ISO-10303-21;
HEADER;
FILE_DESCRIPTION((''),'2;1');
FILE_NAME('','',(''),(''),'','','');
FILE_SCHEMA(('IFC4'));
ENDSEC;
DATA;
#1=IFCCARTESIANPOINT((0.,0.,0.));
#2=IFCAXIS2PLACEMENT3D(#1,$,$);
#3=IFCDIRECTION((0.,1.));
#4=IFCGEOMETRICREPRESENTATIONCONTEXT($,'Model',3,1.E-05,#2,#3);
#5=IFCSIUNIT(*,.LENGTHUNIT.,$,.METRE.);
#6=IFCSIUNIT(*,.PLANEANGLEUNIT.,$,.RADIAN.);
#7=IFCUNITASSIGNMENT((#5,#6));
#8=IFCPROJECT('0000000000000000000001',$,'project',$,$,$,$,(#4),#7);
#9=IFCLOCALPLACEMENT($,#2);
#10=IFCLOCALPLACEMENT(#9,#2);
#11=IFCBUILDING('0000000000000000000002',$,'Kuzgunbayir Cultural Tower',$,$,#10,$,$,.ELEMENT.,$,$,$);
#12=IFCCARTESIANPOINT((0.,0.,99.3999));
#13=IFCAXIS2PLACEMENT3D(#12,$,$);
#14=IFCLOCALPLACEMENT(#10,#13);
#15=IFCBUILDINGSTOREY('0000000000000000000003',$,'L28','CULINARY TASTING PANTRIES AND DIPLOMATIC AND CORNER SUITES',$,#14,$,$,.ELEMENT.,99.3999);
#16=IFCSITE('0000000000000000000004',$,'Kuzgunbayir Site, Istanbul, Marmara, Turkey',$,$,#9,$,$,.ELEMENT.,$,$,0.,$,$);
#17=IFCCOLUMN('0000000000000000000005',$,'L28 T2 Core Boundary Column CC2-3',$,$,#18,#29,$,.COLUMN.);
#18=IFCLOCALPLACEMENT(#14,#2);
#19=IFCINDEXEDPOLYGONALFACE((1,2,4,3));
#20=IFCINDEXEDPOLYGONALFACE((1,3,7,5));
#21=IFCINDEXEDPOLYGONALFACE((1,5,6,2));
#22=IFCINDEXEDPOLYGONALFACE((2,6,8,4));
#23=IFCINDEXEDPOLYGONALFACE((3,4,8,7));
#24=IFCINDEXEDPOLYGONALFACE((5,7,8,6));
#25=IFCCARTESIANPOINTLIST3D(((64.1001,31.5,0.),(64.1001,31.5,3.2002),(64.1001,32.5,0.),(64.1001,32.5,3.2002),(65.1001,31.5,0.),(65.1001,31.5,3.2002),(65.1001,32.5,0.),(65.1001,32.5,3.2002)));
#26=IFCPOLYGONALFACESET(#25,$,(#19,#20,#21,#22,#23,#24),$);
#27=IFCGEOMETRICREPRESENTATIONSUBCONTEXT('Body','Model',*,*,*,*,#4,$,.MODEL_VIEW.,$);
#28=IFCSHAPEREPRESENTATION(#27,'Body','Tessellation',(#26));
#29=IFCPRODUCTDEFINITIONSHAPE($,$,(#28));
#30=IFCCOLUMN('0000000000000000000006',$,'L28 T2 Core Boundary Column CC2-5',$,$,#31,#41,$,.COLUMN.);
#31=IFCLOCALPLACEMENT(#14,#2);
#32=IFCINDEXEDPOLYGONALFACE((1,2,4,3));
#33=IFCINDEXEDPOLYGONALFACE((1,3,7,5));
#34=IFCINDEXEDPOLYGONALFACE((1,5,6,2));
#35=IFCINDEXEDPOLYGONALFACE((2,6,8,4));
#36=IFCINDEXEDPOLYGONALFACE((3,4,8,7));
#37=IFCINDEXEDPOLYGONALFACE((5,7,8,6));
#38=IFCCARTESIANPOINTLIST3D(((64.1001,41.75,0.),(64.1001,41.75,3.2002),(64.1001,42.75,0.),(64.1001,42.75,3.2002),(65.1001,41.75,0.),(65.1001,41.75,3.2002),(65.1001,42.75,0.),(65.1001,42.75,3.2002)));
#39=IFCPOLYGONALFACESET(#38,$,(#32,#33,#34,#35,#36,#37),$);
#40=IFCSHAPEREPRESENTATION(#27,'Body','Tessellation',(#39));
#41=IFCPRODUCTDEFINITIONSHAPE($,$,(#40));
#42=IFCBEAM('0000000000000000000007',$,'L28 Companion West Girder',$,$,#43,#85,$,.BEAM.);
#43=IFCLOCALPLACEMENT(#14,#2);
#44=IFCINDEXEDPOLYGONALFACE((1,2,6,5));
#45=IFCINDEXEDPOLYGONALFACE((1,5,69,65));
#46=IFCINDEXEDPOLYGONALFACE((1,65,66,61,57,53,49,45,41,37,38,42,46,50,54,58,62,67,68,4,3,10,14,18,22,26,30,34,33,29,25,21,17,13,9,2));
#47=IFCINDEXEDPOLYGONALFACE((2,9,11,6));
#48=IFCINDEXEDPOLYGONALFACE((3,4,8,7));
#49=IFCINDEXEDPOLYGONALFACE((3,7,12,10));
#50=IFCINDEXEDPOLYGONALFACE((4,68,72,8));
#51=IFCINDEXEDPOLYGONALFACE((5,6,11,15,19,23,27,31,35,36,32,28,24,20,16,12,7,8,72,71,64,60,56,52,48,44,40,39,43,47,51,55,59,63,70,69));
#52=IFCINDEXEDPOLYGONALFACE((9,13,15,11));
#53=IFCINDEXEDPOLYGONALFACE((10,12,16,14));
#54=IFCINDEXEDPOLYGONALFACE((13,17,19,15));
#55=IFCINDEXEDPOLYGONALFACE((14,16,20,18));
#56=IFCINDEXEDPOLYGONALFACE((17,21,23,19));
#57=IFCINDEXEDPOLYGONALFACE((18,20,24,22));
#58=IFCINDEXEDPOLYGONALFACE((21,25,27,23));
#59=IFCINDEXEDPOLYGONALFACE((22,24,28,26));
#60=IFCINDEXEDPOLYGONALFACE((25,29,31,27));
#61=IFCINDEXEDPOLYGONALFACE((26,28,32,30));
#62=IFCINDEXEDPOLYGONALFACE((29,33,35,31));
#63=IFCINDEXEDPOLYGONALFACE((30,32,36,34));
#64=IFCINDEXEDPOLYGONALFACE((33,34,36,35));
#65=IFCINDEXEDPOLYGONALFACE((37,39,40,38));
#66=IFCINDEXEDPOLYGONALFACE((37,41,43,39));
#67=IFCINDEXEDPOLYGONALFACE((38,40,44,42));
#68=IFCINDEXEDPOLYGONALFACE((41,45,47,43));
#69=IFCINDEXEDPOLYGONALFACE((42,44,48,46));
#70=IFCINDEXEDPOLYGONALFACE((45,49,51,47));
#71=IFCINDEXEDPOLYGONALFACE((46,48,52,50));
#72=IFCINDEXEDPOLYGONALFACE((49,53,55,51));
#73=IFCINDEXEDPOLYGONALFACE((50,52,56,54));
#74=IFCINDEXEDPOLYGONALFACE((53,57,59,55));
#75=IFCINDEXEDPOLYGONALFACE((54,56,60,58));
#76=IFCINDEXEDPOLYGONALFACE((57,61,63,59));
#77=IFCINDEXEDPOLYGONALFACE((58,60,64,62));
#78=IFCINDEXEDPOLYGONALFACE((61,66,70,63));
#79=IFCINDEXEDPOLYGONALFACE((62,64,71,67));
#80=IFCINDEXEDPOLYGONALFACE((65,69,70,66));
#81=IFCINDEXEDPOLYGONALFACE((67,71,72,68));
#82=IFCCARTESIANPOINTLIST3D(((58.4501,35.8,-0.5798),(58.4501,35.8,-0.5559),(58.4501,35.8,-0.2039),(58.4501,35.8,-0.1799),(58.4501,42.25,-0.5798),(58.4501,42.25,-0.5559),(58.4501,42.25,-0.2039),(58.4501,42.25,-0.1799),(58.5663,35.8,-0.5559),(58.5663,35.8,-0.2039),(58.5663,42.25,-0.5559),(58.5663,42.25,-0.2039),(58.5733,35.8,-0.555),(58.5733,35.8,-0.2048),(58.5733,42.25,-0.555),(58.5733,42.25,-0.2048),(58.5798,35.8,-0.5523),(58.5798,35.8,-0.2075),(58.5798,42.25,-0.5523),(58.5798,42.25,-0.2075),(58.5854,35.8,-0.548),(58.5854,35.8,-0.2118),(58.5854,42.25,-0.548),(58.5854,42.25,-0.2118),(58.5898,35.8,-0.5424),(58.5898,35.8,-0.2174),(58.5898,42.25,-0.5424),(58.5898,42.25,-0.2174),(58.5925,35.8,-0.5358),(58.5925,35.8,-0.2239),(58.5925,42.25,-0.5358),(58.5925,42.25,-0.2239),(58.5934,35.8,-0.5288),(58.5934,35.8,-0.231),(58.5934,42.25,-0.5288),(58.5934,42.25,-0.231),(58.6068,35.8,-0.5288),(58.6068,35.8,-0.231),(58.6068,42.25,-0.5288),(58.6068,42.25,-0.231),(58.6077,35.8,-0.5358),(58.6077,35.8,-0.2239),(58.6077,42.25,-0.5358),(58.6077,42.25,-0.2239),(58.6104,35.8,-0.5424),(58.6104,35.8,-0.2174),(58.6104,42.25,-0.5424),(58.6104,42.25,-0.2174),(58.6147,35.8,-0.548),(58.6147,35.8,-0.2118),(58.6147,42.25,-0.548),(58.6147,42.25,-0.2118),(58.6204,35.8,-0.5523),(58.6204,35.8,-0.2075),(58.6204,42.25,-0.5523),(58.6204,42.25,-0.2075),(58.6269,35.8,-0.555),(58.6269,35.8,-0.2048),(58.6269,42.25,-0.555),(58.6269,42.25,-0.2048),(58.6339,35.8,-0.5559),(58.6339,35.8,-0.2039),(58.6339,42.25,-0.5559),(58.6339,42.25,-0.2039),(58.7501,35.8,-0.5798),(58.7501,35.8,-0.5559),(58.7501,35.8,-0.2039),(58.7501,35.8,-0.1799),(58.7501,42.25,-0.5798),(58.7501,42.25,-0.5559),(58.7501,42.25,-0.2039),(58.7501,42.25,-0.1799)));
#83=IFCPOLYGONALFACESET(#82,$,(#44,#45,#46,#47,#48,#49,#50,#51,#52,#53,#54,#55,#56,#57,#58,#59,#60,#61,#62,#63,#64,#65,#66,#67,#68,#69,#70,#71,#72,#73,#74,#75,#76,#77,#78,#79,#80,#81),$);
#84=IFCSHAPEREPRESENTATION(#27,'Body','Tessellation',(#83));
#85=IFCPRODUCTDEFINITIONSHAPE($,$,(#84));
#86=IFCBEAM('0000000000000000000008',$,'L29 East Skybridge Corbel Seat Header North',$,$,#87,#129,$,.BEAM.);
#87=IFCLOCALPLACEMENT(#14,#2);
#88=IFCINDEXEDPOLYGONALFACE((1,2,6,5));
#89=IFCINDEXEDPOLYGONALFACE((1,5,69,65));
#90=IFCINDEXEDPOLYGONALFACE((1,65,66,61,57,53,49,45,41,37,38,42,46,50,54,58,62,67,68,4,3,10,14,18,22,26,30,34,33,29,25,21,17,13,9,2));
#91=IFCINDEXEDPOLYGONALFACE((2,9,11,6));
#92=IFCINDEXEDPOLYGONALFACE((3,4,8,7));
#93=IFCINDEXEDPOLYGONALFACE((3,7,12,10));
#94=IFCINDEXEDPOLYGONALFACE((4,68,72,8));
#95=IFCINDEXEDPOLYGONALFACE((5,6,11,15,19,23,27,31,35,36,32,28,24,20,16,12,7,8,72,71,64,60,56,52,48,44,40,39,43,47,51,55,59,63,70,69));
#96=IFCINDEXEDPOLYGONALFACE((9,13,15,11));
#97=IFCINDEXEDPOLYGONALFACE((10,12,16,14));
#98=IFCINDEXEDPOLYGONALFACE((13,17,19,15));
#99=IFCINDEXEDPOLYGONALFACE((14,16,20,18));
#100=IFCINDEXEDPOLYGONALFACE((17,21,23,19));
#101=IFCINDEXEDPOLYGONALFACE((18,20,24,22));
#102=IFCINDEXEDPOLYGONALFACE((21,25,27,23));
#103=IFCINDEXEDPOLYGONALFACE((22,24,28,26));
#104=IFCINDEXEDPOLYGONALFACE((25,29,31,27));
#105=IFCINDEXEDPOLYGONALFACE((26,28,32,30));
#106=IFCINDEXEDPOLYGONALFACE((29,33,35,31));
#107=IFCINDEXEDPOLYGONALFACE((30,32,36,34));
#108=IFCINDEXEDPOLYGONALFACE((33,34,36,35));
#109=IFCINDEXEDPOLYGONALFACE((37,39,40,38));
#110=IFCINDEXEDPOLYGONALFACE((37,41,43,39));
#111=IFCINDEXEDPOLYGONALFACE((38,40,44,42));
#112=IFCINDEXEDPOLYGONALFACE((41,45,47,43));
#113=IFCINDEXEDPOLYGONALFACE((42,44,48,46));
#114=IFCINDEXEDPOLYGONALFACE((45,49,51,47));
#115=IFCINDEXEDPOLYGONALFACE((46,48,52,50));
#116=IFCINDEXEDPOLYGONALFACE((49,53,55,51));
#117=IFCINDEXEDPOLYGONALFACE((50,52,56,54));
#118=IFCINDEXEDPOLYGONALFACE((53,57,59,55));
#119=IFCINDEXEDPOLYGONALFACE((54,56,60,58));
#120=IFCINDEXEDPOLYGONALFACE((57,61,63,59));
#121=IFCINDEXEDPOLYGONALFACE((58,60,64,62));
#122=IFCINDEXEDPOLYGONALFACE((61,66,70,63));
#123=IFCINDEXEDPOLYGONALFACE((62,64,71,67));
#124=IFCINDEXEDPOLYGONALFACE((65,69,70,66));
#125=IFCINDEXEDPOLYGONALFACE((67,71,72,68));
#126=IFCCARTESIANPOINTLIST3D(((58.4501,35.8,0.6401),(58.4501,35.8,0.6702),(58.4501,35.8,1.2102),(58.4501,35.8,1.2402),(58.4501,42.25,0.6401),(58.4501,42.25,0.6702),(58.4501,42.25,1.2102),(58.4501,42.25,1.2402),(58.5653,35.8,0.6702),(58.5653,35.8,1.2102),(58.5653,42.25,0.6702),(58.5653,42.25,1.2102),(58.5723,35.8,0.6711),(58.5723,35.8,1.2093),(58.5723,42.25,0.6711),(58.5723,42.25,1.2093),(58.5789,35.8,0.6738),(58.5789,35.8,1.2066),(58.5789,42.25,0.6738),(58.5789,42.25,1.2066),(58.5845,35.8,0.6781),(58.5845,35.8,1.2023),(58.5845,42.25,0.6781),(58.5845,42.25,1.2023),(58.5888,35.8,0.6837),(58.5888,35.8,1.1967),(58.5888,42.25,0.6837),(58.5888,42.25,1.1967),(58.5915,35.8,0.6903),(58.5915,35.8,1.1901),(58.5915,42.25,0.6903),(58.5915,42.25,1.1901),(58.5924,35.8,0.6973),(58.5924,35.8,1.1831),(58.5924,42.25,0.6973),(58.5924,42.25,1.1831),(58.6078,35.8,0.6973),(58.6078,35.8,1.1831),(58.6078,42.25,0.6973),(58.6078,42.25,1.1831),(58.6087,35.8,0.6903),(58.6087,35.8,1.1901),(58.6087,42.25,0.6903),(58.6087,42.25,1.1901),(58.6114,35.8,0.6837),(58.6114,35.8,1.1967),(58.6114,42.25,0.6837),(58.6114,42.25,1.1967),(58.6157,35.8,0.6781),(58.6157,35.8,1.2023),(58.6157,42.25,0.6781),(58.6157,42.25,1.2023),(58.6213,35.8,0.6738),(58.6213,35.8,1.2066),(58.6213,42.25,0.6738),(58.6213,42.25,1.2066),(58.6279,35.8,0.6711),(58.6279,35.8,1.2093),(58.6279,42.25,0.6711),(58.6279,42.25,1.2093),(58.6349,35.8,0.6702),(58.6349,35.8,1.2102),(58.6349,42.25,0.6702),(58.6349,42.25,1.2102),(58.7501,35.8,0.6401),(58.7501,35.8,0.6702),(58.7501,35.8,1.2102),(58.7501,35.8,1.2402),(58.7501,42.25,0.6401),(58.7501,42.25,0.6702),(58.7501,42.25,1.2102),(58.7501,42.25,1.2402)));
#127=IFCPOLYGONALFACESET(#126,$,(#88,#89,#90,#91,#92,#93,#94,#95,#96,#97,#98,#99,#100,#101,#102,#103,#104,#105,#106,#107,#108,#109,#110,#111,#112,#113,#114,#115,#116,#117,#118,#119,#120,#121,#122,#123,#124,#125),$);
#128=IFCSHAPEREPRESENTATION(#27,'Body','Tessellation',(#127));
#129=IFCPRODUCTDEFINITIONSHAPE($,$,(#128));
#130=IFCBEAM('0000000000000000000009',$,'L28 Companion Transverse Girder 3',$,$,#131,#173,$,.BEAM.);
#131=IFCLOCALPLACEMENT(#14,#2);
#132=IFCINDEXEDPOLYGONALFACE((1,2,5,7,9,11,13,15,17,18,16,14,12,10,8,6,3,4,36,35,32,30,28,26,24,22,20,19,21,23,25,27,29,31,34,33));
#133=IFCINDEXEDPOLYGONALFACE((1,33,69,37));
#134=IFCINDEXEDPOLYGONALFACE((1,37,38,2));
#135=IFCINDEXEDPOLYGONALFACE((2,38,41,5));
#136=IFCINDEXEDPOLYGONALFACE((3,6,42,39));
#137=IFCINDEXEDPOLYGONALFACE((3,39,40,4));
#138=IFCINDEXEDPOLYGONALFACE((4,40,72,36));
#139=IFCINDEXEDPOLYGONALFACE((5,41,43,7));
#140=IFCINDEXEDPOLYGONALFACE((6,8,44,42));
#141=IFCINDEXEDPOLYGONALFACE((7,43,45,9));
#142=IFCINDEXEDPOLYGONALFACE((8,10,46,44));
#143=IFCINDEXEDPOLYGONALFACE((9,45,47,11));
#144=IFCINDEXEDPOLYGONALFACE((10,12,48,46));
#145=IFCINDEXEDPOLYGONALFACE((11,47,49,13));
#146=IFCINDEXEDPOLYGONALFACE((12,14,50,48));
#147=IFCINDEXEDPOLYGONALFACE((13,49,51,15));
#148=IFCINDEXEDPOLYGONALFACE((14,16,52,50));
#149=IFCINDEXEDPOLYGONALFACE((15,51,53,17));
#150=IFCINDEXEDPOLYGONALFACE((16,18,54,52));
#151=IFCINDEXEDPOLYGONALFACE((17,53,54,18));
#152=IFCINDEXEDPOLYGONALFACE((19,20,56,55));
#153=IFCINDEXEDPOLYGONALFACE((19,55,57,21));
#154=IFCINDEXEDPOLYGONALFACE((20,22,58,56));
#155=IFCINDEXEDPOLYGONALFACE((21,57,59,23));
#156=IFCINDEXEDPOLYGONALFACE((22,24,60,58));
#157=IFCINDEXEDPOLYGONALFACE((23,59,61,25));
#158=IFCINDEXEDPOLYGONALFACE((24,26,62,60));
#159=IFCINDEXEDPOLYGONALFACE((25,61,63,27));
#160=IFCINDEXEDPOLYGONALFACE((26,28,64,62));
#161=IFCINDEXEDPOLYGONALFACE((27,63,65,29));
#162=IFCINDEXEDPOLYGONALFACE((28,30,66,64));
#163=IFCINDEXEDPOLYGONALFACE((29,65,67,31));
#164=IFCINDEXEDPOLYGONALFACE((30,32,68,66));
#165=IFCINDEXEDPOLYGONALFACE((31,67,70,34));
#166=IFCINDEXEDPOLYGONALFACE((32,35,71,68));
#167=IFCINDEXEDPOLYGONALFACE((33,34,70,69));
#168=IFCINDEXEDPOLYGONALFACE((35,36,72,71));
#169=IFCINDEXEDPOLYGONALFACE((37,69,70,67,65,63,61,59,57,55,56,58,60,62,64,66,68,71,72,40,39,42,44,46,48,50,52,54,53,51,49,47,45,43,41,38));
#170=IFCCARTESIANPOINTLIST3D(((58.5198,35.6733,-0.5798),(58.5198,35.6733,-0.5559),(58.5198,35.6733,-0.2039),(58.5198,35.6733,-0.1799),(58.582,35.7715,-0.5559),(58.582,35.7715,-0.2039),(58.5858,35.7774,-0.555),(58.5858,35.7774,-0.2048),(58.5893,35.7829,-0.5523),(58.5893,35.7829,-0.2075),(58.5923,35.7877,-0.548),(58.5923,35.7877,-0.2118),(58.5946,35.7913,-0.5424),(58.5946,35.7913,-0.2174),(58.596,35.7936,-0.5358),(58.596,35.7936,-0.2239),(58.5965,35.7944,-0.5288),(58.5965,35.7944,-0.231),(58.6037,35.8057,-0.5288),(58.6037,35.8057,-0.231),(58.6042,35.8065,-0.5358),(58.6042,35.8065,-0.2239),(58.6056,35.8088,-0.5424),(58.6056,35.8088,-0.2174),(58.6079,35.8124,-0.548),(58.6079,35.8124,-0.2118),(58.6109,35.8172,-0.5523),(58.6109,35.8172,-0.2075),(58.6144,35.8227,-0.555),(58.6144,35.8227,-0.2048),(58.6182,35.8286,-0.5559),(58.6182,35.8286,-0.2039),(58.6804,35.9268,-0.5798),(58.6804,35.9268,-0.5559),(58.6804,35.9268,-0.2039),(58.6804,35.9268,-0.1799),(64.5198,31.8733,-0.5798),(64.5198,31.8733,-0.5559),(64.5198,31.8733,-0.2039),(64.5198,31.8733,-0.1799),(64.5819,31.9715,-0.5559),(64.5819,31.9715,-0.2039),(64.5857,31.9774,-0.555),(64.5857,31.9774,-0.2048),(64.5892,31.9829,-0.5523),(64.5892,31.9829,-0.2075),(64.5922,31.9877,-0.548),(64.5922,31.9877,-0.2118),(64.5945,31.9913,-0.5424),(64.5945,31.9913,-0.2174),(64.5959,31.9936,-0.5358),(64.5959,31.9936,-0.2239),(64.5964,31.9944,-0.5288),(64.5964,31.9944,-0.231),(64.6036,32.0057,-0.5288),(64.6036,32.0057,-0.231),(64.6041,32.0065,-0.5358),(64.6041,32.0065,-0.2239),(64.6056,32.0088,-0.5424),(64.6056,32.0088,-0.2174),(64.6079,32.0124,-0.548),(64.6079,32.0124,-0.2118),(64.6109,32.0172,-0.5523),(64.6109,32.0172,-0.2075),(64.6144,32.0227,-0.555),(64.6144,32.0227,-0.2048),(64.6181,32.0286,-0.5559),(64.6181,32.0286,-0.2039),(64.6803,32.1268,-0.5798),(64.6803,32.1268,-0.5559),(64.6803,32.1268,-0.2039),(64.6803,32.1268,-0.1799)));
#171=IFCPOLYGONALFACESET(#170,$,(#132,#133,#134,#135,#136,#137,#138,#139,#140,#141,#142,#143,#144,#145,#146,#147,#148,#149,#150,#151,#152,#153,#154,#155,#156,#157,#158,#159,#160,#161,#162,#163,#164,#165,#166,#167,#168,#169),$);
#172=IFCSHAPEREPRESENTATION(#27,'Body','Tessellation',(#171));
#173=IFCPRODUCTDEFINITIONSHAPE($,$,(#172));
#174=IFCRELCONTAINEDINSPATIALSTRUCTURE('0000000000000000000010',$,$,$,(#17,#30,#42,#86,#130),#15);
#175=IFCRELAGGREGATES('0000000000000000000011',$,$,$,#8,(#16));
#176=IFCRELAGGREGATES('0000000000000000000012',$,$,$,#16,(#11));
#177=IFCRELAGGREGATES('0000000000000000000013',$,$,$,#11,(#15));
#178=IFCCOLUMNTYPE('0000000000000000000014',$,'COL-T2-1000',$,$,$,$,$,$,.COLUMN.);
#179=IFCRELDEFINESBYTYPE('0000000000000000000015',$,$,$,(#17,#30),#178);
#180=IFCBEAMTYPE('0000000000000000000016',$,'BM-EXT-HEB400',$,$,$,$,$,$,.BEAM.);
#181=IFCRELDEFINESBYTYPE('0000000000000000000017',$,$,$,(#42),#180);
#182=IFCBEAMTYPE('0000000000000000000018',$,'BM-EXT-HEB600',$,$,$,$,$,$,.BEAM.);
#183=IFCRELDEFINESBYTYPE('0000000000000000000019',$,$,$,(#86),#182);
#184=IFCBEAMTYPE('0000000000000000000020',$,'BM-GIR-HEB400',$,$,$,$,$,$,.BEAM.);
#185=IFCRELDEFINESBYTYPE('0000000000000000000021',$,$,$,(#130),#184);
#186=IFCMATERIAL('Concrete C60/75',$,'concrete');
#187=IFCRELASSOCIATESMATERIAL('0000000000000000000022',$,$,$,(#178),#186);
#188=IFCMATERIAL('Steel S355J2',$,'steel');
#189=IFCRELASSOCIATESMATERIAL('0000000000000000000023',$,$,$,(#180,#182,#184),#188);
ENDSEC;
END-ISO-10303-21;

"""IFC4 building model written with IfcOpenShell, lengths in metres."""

from ifc_helpers import new_model, si_unit, direction, frame, origin, origin_2d, place, context, subcontext, project, spatial, rectangle, i_section, extrude, material, material_profile, profile_set, type_object, element, save


model = new_model("IFC4")

# Units and contexts
model_context = context("Model", 3, precision=1e-05, world=origin(), true_north=direction((0.0, 1.0)))
body_context = subcontext(model_context, "Body", "Model", "MODEL_VIEW")
ifc_project = project(units=[si_unit("LENGTHUNIT", "METRE"), si_unit("PLANEANGLEUNIT", "RADIAN")], contexts=[model_context])

# Site, building, storey
site_placement = place(None, origin())
site = spatial("IfcSite", under=ifc_project, at=site_placement, Name="Kuzgunbayir Site, Istanbul, Marmara, Turkey", CompositionType="ELEMENT", RefElevation=0.0)
building_placement = place(site_placement, origin())
building = spatial("IfcBuilding", under=site, at=building_placement, Name="Kuzgunbayir Cultural Tower", CompositionType="ELEMENT")
storey_placement = place(building_placement, frame((0.0, 0.0, 99.3999)))
storey = spatial("IfcBuildingStorey", under=building, at=storey_placement, Name="L28", Description="CULINARY TASTING PANTRIES AND DIPLOMATIC AND CORNER SUITES", CompositionType="ELEMENT", Elevation=99.3999)

# Columns
ifc_material_1 = material(Name="Concrete C60/75", Category="concrete")
ifc_material_profile_1 = material_profile(ifc_material_1, rectangle(XDim=1.0, YDim=1.0, at=origin_2d()), Name="RC 1000x1000")
ifc_profile_set_1 = profile_set([ifc_material_profile_1], Name="Concrete C60/75")
column_type = type_object("IfcColumnType", Name="COL-T2-1000", PredefinedType="COLUMN", material=ifc_profile_set_1)
for number, where, z_axis, x_axis, name in (
    (1, (64.6001, 32.0, 0.0), (0.0, 0.0, 1.0), (1.0, 0.0, 0.0), "L28 T2 Core Boundary Column CC2-3"),
    (2, (64.6001, 42.25, 0.0), (0.0, 0.0, 1.0), (1.0, 0.0, 0.0), "L28 T2 Core Boundary Column CC2-5"),
):
    element("IfcColumn", number, at=place(storey_placement, frame(where, z_axis=z_axis, x_axis=x_axis)), inside=storey, type_object=column_type, Name=name, PredefinedType="COLUMN", context=body_context, shape_type="SweptSolid", body=[
        extrude(rectangle(XDim=1.0, YDim=1.0, at=origin_2d()), origin(), (0.0, 0.0, 1.0), 3.2002),
    ])

# Beams
ifc_material_2 = material(Name="Steel S355J2", Category="steel")
ifc_material_profile_2 = material_profile(ifc_material_2, i_section(OverallWidth=0.3, OverallDepth=0.3999, WebThickness=0.0134, FlangeThickness=0.0239, FilletRadius=0.0271, at=origin_2d()), Name="HEB 400")
ifc_profile_set_2 = profile_set([ifc_material_profile_2], Name="Steel S355J2")
beam_type_1 = type_object("IfcBeamType", Name="BM-EXT-HEB400", PredefinedType="BEAM", material=ifc_profile_set_2)
beam_1_placement = place(storey_placement, frame((58.6001, 35.8, -0.3799), z_axis=(0.0, 1.0, 0.0), x_axis=(-1.0, 0.0, 0.0)))
element("IfcBeam", 3, at=beam_1_placement, inside=storey, type_object=beam_type_1, Name="L28 Companion West Girder", PredefinedType="BEAM", context=body_context, shape_type="SweptSolid", body=[
    extrude(i_section(OverallWidth=0.3, OverallDepth=0.3999, WebThickness=0.0134, FlangeThickness=0.0239, FilletRadius=0.0271, at=origin_2d()), origin(), (0.0, 0.0, 1.0), 6.45),
])
ifc_material_profile_3 = material_profile(ifc_material_2, i_section(OverallWidth=0.3, OverallDepth=0.6001, WebThickness=0.0154, FlangeThickness=0.03, FilletRadius=0.0271, at=origin_2d()), Name="HEB 600")
ifc_profile_set_3 = profile_set([ifc_material_profile_3], Name="Steel S355J2")
beam_type_2 = type_object("IfcBeamType", Name="BM-EXT-HEB600", PredefinedType="BEAM", material=ifc_profile_set_3)
beam_2_placement = place(storey_placement, frame((58.6001, 35.8, 0.9402), z_axis=(0.0, 1.0, 0.0), x_axis=(-1.0, 0.0, 0.0)))
element("IfcBeam", 4, at=beam_2_placement, inside=storey, type_object=beam_type_2, Name="L29 East Skybridge Corbel Seat Header North", PredefinedType="BEAM", context=body_context, shape_type="SweptSolid", body=[
    extrude(i_section(OverallWidth=0.3, OverallDepth=0.6001, WebThickness=0.0154, FlangeThickness=0.03, FilletRadius=0.0271, at=origin_2d()), origin(), (0.0, 0.0, 1.0), 6.45),
])
ifc_material_profile_4 = material_profile(ifc_material_2, i_section(OverallWidth=0.3, OverallDepth=0.3999, WebThickness=0.0134, FlangeThickness=0.0239, FilletRadius=0.0271, at=origin_2d()), Name="HEB 400")
ifc_profile_set_4 = profile_set([ifc_material_profile_4], Name="Steel S355J2")
beam_type_3 = type_object("IfcBeamType", Name="BM-GIR-HEB400", PredefinedType="BEAM", material=ifc_profile_set_4)
beam_3_placement = place(storey_placement, frame((58.6001, 35.8, -0.3799), z_axis=(0.844816, -0.535057, 0.0), x_axis=(0.535057, 0.844816, 0.0)))
element("IfcBeam", 5, at=beam_3_placement, inside=storey, type_object=beam_type_3, Name="L28 Companion Transverse Girder 3", PredefinedType="BEAM", context=body_context, shape_type="SweptSolid", body=[
    extrude(i_section(OverallWidth=0.3, OverallDepth=0.3999, WebThickness=0.0134, FlangeThickness=0.0239, FilletRadius=0.0271, at=origin_2d()), origin(), (0.0, 0.0, 1.0), 7.1021),
])

save(model, "model.ifc")
